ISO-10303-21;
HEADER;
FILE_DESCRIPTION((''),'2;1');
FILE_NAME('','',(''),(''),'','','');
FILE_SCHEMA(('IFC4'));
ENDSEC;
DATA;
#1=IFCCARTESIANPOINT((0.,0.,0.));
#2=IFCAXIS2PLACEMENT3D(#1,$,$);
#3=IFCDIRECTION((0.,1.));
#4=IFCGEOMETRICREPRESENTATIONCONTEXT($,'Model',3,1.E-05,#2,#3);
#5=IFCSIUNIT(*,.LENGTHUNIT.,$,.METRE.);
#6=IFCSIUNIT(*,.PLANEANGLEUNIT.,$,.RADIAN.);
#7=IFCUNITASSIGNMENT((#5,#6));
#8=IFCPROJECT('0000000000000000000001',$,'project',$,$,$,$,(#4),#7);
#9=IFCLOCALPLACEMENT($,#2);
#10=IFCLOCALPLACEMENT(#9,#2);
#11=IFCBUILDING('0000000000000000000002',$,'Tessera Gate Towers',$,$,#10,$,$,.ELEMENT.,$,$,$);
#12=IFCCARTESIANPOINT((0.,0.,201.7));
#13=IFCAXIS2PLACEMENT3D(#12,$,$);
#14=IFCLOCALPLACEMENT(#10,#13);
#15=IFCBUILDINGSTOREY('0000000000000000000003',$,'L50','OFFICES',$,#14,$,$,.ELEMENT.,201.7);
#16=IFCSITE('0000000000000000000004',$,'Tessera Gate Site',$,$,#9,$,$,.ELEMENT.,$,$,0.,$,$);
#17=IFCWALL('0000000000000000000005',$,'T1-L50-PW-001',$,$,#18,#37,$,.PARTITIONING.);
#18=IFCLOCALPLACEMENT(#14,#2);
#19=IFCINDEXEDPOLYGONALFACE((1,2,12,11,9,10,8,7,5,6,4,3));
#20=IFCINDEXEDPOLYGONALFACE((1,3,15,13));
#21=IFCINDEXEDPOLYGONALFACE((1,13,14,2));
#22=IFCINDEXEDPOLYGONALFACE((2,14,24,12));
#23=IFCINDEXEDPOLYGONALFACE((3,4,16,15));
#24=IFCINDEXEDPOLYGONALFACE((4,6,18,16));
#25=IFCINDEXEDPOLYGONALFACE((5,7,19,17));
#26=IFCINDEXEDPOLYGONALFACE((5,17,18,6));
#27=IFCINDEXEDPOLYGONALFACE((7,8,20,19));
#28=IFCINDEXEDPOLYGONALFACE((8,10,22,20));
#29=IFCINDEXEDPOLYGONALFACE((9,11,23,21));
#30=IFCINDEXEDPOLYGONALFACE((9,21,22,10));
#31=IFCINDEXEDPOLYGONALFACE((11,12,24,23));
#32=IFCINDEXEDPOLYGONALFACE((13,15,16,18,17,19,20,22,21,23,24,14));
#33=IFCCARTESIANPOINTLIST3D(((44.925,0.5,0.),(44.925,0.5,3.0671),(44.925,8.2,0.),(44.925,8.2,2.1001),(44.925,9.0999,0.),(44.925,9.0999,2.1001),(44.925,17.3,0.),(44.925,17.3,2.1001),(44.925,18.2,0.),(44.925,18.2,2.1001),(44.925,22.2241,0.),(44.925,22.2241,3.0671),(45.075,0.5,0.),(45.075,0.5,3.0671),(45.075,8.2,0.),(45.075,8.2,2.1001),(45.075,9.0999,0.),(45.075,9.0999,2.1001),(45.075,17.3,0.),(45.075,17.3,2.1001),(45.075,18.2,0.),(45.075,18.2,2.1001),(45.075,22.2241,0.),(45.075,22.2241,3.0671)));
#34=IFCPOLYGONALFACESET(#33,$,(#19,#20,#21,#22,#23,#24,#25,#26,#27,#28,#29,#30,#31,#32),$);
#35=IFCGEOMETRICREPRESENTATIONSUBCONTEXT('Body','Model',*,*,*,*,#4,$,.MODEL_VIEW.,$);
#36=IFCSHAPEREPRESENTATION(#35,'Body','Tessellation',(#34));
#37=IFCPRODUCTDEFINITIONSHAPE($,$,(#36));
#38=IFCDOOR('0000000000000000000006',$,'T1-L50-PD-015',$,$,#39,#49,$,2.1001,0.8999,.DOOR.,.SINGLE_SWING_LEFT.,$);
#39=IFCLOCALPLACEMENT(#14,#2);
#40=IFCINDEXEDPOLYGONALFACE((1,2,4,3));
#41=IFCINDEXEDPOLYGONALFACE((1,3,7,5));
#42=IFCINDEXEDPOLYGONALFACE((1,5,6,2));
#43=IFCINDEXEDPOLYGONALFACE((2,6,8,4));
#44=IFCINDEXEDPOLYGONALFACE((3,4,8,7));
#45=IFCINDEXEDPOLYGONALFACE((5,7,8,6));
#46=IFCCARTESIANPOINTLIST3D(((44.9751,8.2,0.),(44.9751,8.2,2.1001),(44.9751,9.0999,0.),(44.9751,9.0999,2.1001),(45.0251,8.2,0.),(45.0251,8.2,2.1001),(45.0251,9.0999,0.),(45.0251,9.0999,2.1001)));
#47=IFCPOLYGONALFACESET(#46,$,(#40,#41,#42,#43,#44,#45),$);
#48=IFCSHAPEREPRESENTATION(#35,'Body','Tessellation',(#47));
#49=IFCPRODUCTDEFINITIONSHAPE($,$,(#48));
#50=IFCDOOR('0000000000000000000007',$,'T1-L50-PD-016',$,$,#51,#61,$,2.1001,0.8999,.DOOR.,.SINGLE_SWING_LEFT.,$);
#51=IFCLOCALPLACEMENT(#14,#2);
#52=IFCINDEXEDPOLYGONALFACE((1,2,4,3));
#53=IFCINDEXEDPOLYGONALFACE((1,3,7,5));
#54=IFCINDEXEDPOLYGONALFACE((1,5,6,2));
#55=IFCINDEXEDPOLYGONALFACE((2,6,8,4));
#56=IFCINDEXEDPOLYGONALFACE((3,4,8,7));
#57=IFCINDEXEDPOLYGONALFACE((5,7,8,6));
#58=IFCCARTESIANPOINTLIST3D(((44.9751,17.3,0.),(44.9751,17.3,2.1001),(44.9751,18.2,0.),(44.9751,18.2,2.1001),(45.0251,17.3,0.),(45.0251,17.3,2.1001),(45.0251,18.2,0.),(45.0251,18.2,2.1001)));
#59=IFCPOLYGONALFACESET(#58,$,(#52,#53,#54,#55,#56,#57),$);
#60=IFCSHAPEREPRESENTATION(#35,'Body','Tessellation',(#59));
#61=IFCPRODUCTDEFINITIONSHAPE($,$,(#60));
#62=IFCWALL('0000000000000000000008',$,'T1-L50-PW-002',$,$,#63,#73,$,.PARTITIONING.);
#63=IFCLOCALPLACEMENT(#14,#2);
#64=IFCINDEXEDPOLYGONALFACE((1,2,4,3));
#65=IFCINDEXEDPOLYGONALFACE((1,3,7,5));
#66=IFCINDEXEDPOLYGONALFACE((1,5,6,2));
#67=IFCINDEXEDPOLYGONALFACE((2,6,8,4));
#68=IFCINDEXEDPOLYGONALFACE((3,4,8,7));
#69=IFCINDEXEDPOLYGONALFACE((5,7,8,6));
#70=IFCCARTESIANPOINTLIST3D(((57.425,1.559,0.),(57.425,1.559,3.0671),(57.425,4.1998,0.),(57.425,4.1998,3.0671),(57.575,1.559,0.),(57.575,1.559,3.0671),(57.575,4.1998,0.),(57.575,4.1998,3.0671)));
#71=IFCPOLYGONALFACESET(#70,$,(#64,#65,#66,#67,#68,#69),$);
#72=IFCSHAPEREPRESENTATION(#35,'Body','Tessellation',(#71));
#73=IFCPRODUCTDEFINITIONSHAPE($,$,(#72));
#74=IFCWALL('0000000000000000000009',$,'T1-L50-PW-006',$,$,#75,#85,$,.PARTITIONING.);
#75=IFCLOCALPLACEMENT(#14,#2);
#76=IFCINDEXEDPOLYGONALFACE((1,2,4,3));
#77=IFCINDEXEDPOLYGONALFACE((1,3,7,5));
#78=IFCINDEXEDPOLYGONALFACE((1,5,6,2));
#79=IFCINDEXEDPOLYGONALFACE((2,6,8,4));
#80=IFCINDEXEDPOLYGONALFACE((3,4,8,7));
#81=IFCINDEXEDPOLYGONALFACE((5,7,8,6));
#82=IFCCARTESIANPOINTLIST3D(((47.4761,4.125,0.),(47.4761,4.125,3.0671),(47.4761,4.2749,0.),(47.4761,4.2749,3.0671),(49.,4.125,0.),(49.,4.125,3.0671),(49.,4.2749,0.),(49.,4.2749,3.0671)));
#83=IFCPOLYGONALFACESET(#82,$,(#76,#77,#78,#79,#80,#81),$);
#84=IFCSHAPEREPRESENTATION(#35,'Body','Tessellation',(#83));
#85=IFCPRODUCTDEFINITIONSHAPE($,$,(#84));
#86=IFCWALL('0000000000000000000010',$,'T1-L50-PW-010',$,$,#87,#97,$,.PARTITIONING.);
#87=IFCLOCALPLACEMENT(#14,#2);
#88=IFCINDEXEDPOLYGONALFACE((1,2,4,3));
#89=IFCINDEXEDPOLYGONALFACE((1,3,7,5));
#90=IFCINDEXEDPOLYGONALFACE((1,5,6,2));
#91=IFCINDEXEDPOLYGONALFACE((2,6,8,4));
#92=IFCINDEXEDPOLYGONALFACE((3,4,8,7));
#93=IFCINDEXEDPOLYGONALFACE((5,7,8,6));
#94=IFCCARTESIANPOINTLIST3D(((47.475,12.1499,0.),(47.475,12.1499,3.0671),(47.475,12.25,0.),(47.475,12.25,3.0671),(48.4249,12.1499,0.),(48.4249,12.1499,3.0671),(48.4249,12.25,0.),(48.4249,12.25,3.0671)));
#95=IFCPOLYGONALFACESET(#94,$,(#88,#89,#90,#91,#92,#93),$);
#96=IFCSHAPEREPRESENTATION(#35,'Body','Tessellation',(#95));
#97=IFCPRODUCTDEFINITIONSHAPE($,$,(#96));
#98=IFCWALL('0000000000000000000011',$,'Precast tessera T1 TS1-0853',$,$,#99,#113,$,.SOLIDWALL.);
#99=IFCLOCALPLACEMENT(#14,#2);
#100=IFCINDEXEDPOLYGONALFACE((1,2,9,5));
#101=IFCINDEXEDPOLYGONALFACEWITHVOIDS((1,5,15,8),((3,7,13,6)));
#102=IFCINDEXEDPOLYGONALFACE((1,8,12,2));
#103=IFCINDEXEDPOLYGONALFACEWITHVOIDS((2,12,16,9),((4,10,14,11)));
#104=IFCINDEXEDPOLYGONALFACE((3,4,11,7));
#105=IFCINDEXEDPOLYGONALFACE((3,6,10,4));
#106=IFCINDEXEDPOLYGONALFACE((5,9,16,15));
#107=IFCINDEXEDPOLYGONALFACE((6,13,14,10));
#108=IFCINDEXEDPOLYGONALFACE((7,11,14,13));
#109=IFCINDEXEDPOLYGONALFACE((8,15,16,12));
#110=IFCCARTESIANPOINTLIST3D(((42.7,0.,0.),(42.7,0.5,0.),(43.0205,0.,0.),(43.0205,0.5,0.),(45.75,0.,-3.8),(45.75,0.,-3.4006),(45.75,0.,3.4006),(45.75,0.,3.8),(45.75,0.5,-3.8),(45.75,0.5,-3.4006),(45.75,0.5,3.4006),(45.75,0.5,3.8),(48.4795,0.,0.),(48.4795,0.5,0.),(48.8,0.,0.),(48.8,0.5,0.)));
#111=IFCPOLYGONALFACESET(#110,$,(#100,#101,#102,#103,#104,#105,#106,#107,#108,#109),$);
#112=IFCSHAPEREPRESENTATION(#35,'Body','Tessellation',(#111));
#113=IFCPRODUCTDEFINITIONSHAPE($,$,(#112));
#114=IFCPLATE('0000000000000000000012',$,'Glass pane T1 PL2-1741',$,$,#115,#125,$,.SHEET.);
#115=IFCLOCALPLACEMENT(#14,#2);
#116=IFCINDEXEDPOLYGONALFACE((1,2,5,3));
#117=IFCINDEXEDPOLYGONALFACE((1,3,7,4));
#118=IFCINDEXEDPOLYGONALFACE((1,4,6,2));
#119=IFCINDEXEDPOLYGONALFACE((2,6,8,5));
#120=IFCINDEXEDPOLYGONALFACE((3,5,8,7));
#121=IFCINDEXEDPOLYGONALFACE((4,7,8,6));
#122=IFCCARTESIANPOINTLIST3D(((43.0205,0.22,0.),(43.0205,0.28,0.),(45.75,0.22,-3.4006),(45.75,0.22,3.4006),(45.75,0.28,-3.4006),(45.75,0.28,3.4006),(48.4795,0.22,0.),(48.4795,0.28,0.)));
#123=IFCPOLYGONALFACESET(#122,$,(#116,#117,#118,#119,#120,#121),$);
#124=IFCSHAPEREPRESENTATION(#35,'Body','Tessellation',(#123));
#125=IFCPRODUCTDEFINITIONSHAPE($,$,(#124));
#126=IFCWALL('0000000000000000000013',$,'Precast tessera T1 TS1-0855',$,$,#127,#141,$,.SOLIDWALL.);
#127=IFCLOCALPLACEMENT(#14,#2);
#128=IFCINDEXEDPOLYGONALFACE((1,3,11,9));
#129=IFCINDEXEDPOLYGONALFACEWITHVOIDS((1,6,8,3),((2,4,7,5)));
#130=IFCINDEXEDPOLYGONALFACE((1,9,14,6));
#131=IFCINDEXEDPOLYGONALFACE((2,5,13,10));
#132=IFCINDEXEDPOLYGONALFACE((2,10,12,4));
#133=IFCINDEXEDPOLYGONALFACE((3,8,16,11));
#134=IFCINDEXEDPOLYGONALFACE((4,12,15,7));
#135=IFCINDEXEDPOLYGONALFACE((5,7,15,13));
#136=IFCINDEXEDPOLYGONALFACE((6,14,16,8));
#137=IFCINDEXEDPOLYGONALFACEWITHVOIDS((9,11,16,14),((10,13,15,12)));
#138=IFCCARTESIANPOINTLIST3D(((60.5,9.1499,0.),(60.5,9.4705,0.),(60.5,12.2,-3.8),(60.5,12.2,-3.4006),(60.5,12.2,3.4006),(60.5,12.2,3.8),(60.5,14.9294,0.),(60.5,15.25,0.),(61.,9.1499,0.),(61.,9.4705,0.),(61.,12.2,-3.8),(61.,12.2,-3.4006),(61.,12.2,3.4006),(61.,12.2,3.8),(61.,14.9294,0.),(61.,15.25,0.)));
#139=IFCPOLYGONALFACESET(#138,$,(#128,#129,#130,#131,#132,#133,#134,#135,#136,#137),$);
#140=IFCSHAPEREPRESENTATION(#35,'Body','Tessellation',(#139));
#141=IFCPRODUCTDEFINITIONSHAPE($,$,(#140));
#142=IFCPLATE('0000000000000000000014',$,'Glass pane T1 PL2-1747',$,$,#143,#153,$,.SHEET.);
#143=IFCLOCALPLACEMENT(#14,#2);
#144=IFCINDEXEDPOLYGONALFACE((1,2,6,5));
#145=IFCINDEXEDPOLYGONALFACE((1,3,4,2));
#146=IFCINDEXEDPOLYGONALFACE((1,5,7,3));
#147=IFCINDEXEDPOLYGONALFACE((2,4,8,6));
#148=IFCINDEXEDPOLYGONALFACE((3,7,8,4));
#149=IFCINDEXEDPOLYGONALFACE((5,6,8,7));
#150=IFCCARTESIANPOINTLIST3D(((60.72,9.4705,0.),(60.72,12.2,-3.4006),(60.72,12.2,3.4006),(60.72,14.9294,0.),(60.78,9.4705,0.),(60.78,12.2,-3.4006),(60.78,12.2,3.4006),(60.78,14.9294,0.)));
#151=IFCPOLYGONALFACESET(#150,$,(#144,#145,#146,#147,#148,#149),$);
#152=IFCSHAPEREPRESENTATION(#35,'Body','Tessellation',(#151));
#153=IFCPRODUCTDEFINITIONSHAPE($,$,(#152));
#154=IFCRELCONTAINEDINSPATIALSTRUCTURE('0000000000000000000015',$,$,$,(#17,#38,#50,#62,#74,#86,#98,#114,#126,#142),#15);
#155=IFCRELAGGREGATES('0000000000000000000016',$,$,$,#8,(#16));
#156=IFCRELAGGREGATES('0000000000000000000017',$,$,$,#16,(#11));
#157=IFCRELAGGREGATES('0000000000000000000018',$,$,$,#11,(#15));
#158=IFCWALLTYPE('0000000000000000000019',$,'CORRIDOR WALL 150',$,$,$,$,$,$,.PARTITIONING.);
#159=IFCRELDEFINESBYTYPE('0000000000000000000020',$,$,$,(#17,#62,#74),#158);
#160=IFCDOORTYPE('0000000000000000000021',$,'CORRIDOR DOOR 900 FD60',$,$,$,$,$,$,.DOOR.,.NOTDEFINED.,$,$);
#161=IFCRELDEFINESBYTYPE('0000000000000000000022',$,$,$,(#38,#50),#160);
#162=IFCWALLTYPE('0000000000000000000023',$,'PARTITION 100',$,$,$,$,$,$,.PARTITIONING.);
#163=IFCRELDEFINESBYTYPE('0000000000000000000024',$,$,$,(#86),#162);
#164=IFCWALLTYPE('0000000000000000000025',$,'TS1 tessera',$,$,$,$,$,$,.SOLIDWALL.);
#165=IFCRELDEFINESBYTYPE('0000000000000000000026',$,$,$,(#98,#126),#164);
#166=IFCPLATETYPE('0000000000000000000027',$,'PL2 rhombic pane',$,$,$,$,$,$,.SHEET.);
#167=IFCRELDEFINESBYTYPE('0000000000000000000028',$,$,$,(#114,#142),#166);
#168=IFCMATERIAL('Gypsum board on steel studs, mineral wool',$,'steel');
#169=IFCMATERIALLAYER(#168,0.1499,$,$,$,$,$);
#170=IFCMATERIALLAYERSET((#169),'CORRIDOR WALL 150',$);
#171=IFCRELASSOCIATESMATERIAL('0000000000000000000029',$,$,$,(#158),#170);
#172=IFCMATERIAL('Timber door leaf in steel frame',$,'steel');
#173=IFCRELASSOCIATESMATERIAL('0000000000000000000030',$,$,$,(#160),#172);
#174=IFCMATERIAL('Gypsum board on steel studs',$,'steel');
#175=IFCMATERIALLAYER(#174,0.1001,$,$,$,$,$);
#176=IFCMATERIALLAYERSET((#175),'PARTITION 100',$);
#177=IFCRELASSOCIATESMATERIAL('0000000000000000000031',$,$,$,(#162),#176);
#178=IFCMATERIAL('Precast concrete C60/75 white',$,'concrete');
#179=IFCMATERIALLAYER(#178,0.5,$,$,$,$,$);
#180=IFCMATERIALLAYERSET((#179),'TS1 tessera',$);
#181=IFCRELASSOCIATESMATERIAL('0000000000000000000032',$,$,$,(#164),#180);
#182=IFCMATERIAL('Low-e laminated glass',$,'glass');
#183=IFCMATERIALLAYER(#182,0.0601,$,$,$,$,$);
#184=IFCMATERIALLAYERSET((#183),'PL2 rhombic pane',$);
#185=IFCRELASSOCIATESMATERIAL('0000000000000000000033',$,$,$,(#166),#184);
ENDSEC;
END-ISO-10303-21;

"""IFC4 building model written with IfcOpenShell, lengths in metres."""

from ifc_helpers import new_model, si_unit, direction, frame, frame_2d, origin, place, context, subcontext, project, spatial, polyline, rectangle, outline, extrude, source, transform, mapped, material, layer, layer_set, type_object, element, fill, save


model = new_model("IFC4")

# Units and contexts
model_context = context("Model", 3, precision=1e-05, world=origin(), true_north=direction((0.0, 1.0)))
body_context = subcontext(model_context, "Body", "Model", "MODEL_VIEW")
ifc_project = project(units=[si_unit("LENGTHUNIT", "METRE"), si_unit("PLANEANGLEUNIT", "RADIAN")], contexts=[model_context])

# Site, building, storey
site_placement = place(None, origin())
site = spatial("IfcSite", under=ifc_project, at=site_placement, Name="Tessera Gate Site", CompositionType="ELEMENT", RefElevation=0.0)
building_placement = place(site_placement, origin())
building = spatial("IfcBuilding", under=site, at=building_placement, Name="Tessera Gate Towers", CompositionType="ELEMENT")
storey_placement = place(building_placement, frame((0.0, 0.0, 201.7)))
storey = spatial("IfcBuildingStorey", under=building, at=storey_placement, Name="L50", Description="OFFICES", CompositionType="ELEMENT", Elevation=201.7)

# Wall, openings, doors
ifc_material_1 = material(Name="Gypsum board on steel studs, mineral wool", Category="steel")
ifc_layer_1 = layer(ifc_material_1, 0.1499)
ifc_layer_set_1 = layer_set([ifc_layer_1], Name="CORRIDOR WALL 150")
wall_type_1 = type_object("IfcWallType", Name="CORRIDOR WALL 150", PredefinedType="PARTITIONING", material=ifc_layer_set_1)
wall_1_placement = place(storey_placement, frame((45.0, 0.5, 0.0), z_axis=(0.0, 0.0, 1.0), x_axis=(0.0, 1.0, 0.0)))
wall_1 = element("IfcWall", 1, at=wall_1_placement, inside=storey, type_object=wall_type_1, Name="T1-L50-PW-001", PredefinedType="PARTITIONING", context=body_context, shape_type="SweptSolid", body=[
    extrude(rectangle(XDim=21.7241, YDim=0.1499, at=frame_2d((10.8621, 0.0))), origin(), (0.0, 0.0, 1.0), 3.0671),
])
shared_shape_1 = source(origin(), body_context, "Body", "SweptSolid", [
    extrude(rectangle(XDim=0.8999, YDim=2.1001, at=frame_2d((0.45, 1.05))), frame((0.0, 0.085, 0.0), z_axis=(0.0, -1.0, 0.0), x_axis=(1.0, 0.0, 0.0)), (0.0, 0.0, 1.0), 0.1699),
])
opening_1_placement = place(wall_1_placement, frame((7.7, 0.0, 0.0)))
opening_1 = element("IfcOpeningElement", 2, at=opening_1_placement, cuts=wall_1, PredefinedType="OPENING", context=body_context, shape_type="MappedRepresentation", body=[
    mapped(shared_shape_1, transform((0.0, 0.0, 0.0), scale=1.0)),
])
opening_2_placement = place(wall_1_placement, frame((16.8, 0.0, 0.0)))
opening_2 = element("IfcOpeningElement", 3, at=opening_2_placement, cuts=wall_1, PredefinedType="OPENING", context=body_context, shape_type="MappedRepresentation", body=[
    mapped(shared_shape_1, transform((0.0, 0.0, 0.0), scale=1.0)),
])
ifc_material_2 = material(Name="Timber door leaf in steel frame", Category="steel")
door_type_1 = type_object("IfcDoorType", Name="CORRIDOR DOOR 900 FD60", OperationType="NOTDEFINED", PredefinedType="DOOR", material=ifc_material_2)
shared_shape_2 = source(origin(), body_context, "Body", "SweptSolid", [
    extrude(rectangle(XDim=0.8999, YDim=2.1001, at=frame_2d((0.45, 1.05))), frame((0.0, 0.0249, 0.0), z_axis=(0.0, -1.0, 0.0), x_axis=(1.0, 0.0, 0.0)), (0.0, 0.0, 1.0), 0.05),
])
door_1_placement = place(opening_1_placement, origin())
door_1 = element("IfcDoor", 4, at=door_1_placement, inside=storey, type_object=door_type_1, Name="T1-L50-PD-015", OperationType="SINGLE_SWING_LEFT", OverallHeight=2.1001, OverallWidth=0.8999, PredefinedType="DOOR", context=body_context, shape_type="MappedRepresentation", body=[
    mapped(shared_shape_2, transform((0.0, 0.0, 0.0), scale=1.0)),
])
fill(opening_1, door_1)
door_2_placement = place(opening_2_placement, origin())
door_2 = element("IfcDoor", 5, at=door_2_placement, inside=storey, type_object=door_type_1, Name="T1-L50-PD-016", OperationType="SINGLE_SWING_LEFT", OverallHeight=2.1001, OverallWidth=0.8999, PredefinedType="DOOR", context=body_context, shape_type="MappedRepresentation", body=[
    mapped(shared_shape_2, transform((0.0, 0.0, 0.0), scale=1.0)),
])
fill(opening_2, door_2)

# Walls
wall_2_placement = place(storey_placement, frame((57.5, 1.5591, 0.0), z_axis=(0.0, 0.0, 1.0), x_axis=(0.0, 1.0, 0.0)))
element("IfcWall", 6, at=wall_2_placement, inside=storey, type_object=wall_type_1, Name="T1-L50-PW-002", PredefinedType="PARTITIONING", context=body_context, shape_type="SweptSolid", body=[
    extrude(rectangle(XDim=2.6409, YDim=0.1499, at=frame_2d((1.3203, 0.0))), origin(), (0.0, 0.0, 1.0), 3.0671),
])
wall_3_placement = place(storey_placement, frame((47.4761, 4.2, 0.0), z_axis=(0.0, 0.0, 1.0), x_axis=(1.0, 0.0, 0.0)))
element("IfcWall", 7, at=wall_3_placement, inside=storey, type_object=wall_type_1, Name="T1-L50-PW-006", PredefinedType="PARTITIONING", context=body_context, shape_type="SweptSolid", body=[
    extrude(rectangle(XDim=1.5239, YDim=0.1499, at=frame_2d((0.762, 0.0))), origin(), (0.0, 0.0, 1.0), 3.0671),
])
ifc_material_3 = material(Name="Gypsum board on steel studs", Category="steel")
ifc_layer_2 = layer(ifc_material_3, 0.1001)
ifc_layer_set_2 = layer_set([ifc_layer_2], Name="PARTITION 100")
wall_type_2 = type_object("IfcWallType", Name="PARTITION 100", PredefinedType="PARTITIONING", material=ifc_layer_set_2)
wall_4_placement = place(storey_placement, frame((48.425, 12.2, 0.0), z_axis=(0.0, 0.0, 1.0), x_axis=(-1.0, 0.0, 0.0)))
element("IfcWall", 8, at=wall_4_placement, inside=storey, type_object=wall_type_2, Name="T1-L50-PW-010", PredefinedType="PARTITIONING", context=body_context, shape_type="SweptSolid", body=[
    extrude(rectangle(XDim=0.95, YDim=0.1001, at=frame_2d((0.4751, 0.0))), origin(), (0.0, 0.0, 1.0), 3.0671),
])

# Walls, openings, plates
ifc_material_4 = material(Name="Precast concrete C60/75 white", Category="concrete")
ifc_layer_3 = layer(ifc_material_4, 0.5)
ifc_layer_set_3 = layer_set([ifc_layer_3], Name="TS1 tessera")
wall_type_3 = type_object("IfcWallType", Name="TS1 tessera", PredefinedType="SOLIDWALL", material=ifc_layer_set_3)
shared_shape_3 = source(origin(), body_context, "Body", "SweptSolid", [
    extrude(outline(polyline([(3.05, 0.0), (6.1001, 3.8), (3.05, 7.6001), (0.0, 3.8), (3.05, 0.0)])), frame((0.0, 0.25, 0.0), z_axis=(0.0, -1.0, 0.0), x_axis=(1.0, 0.0, 0.0)), (0.0, 0.0, 1.0), 0.5),
])
wall_5_placement = place(storey_placement, frame((42.7, 0.25, -3.8), z_axis=(0.0, 0.0, 1.0), x_axis=(1.0, 0.0, 0.0)))
wall_5 = element("IfcWall", 9, at=wall_5_placement, inside=storey, type_object=wall_type_3, Name="Precast tessera T1 TS1-0853", PredefinedType="SOLIDWALL", context=body_context, shape_type="MappedRepresentation", body=[
    mapped(shared_shape_3, transform((0.0, 0.0, 0.0), scale=1.0)),
])
shared_shape_4 = source(origin(), body_context, "Body", "SweptSolid", [
    extrude(outline(polyline([(3.05, 0.3994), (5.7795, 3.8), (3.05, 7.2007), (0.3206, 3.8), (3.05, 0.3994)])), frame((0.0, 0.26, 0.0), z_axis=(0.0, -1.0, 0.0), x_axis=(1.0, 0.0, 0.0)), (0.0, 0.0, 1.0), 0.52),
])
opening_3_placement = place(wall_5_placement, origin())
opening_3 = element("IfcOpeningElement", 10, at=opening_3_placement, cuts=wall_5, PredefinedType="OPENING", context=body_context, shape_type="MappedRepresentation", body=[
    mapped(shared_shape_4, transform((0.0, 0.0, 0.0), scale=1.0)),
])
ifc_material_5 = material(Name="Low-e laminated glass", Category="glass")
ifc_layer_4 = layer(ifc_material_5, 0.0601)
ifc_layer_set_4 = layer_set([ifc_layer_4], Name="PL2 rhombic pane")
plate_type = type_object("IfcPlateType", Name="PL2 rhombic pane", PredefinedType="SHEET", material=ifc_layer_set_4)
shared_shape_5 = source(origin(), body_context, "Body", "SweptSolid", [
    extrude(outline(polyline([(3.05, 0.3994), (5.7795, 3.8), (3.05, 7.2007), (0.3206, 3.8), (3.05, 0.3994)])), frame((0.0, 0.03, 0.0), z_axis=(0.0, -1.0, 0.0), x_axis=(1.0, 0.0, 0.0)), (0.0, 0.0, 1.0), 0.0601),
])
plate_1_placement = place(opening_3_placement, origin())
plate_1 = element("IfcPlate", 11, at=plate_1_placement, inside=storey, type_object=plate_type, Name="Glass pane T1 PL2-1741", PredefinedType="SHEET", context=body_context, shape_type="MappedRepresentation", body=[
    mapped(shared_shape_5, transform((0.0, 0.0, 0.0), scale=1.0)),
])
fill(opening_3, plate_1)
wall_6_placement = place(storey_placement, frame((60.75, 9.1499, -3.8), z_axis=(0.0, 0.0, 1.0), x_axis=(0.0, 1.0, 0.0)))
wall_6 = element("IfcWall", 12, at=wall_6_placement, inside=storey, type_object=wall_type_3, Name="Precast tessera T1 TS1-0855", PredefinedType="SOLIDWALL", context=body_context, shape_type="MappedRepresentation", body=[
    mapped(shared_shape_3, transform((0.0, 0.0, 0.0), scale=1.0)),
])
opening_4_placement = place(wall_6_placement, origin())
opening_4 = element("IfcOpeningElement", 13, at=opening_4_placement, cuts=wall_6, PredefinedType="OPENING", context=body_context, shape_type="MappedRepresentation", body=[
    mapped(shared_shape_4, transform((0.0, 0.0, 0.0), scale=1.0)),
])
plate_2_placement = place(opening_4_placement, origin())
plate_2 = element("IfcPlate", 14, at=plate_2_placement, inside=storey, type_object=plate_type, Name="Glass pane T1 PL2-1747", PredefinedType="SHEET", context=body_context, shape_type="MappedRepresentation", body=[
    mapped(shared_shape_5, transform((0.0, 0.0, 0.0), scale=1.0)),
])
fill(opening_4, plate_2)

save(model, "model.ifc")
